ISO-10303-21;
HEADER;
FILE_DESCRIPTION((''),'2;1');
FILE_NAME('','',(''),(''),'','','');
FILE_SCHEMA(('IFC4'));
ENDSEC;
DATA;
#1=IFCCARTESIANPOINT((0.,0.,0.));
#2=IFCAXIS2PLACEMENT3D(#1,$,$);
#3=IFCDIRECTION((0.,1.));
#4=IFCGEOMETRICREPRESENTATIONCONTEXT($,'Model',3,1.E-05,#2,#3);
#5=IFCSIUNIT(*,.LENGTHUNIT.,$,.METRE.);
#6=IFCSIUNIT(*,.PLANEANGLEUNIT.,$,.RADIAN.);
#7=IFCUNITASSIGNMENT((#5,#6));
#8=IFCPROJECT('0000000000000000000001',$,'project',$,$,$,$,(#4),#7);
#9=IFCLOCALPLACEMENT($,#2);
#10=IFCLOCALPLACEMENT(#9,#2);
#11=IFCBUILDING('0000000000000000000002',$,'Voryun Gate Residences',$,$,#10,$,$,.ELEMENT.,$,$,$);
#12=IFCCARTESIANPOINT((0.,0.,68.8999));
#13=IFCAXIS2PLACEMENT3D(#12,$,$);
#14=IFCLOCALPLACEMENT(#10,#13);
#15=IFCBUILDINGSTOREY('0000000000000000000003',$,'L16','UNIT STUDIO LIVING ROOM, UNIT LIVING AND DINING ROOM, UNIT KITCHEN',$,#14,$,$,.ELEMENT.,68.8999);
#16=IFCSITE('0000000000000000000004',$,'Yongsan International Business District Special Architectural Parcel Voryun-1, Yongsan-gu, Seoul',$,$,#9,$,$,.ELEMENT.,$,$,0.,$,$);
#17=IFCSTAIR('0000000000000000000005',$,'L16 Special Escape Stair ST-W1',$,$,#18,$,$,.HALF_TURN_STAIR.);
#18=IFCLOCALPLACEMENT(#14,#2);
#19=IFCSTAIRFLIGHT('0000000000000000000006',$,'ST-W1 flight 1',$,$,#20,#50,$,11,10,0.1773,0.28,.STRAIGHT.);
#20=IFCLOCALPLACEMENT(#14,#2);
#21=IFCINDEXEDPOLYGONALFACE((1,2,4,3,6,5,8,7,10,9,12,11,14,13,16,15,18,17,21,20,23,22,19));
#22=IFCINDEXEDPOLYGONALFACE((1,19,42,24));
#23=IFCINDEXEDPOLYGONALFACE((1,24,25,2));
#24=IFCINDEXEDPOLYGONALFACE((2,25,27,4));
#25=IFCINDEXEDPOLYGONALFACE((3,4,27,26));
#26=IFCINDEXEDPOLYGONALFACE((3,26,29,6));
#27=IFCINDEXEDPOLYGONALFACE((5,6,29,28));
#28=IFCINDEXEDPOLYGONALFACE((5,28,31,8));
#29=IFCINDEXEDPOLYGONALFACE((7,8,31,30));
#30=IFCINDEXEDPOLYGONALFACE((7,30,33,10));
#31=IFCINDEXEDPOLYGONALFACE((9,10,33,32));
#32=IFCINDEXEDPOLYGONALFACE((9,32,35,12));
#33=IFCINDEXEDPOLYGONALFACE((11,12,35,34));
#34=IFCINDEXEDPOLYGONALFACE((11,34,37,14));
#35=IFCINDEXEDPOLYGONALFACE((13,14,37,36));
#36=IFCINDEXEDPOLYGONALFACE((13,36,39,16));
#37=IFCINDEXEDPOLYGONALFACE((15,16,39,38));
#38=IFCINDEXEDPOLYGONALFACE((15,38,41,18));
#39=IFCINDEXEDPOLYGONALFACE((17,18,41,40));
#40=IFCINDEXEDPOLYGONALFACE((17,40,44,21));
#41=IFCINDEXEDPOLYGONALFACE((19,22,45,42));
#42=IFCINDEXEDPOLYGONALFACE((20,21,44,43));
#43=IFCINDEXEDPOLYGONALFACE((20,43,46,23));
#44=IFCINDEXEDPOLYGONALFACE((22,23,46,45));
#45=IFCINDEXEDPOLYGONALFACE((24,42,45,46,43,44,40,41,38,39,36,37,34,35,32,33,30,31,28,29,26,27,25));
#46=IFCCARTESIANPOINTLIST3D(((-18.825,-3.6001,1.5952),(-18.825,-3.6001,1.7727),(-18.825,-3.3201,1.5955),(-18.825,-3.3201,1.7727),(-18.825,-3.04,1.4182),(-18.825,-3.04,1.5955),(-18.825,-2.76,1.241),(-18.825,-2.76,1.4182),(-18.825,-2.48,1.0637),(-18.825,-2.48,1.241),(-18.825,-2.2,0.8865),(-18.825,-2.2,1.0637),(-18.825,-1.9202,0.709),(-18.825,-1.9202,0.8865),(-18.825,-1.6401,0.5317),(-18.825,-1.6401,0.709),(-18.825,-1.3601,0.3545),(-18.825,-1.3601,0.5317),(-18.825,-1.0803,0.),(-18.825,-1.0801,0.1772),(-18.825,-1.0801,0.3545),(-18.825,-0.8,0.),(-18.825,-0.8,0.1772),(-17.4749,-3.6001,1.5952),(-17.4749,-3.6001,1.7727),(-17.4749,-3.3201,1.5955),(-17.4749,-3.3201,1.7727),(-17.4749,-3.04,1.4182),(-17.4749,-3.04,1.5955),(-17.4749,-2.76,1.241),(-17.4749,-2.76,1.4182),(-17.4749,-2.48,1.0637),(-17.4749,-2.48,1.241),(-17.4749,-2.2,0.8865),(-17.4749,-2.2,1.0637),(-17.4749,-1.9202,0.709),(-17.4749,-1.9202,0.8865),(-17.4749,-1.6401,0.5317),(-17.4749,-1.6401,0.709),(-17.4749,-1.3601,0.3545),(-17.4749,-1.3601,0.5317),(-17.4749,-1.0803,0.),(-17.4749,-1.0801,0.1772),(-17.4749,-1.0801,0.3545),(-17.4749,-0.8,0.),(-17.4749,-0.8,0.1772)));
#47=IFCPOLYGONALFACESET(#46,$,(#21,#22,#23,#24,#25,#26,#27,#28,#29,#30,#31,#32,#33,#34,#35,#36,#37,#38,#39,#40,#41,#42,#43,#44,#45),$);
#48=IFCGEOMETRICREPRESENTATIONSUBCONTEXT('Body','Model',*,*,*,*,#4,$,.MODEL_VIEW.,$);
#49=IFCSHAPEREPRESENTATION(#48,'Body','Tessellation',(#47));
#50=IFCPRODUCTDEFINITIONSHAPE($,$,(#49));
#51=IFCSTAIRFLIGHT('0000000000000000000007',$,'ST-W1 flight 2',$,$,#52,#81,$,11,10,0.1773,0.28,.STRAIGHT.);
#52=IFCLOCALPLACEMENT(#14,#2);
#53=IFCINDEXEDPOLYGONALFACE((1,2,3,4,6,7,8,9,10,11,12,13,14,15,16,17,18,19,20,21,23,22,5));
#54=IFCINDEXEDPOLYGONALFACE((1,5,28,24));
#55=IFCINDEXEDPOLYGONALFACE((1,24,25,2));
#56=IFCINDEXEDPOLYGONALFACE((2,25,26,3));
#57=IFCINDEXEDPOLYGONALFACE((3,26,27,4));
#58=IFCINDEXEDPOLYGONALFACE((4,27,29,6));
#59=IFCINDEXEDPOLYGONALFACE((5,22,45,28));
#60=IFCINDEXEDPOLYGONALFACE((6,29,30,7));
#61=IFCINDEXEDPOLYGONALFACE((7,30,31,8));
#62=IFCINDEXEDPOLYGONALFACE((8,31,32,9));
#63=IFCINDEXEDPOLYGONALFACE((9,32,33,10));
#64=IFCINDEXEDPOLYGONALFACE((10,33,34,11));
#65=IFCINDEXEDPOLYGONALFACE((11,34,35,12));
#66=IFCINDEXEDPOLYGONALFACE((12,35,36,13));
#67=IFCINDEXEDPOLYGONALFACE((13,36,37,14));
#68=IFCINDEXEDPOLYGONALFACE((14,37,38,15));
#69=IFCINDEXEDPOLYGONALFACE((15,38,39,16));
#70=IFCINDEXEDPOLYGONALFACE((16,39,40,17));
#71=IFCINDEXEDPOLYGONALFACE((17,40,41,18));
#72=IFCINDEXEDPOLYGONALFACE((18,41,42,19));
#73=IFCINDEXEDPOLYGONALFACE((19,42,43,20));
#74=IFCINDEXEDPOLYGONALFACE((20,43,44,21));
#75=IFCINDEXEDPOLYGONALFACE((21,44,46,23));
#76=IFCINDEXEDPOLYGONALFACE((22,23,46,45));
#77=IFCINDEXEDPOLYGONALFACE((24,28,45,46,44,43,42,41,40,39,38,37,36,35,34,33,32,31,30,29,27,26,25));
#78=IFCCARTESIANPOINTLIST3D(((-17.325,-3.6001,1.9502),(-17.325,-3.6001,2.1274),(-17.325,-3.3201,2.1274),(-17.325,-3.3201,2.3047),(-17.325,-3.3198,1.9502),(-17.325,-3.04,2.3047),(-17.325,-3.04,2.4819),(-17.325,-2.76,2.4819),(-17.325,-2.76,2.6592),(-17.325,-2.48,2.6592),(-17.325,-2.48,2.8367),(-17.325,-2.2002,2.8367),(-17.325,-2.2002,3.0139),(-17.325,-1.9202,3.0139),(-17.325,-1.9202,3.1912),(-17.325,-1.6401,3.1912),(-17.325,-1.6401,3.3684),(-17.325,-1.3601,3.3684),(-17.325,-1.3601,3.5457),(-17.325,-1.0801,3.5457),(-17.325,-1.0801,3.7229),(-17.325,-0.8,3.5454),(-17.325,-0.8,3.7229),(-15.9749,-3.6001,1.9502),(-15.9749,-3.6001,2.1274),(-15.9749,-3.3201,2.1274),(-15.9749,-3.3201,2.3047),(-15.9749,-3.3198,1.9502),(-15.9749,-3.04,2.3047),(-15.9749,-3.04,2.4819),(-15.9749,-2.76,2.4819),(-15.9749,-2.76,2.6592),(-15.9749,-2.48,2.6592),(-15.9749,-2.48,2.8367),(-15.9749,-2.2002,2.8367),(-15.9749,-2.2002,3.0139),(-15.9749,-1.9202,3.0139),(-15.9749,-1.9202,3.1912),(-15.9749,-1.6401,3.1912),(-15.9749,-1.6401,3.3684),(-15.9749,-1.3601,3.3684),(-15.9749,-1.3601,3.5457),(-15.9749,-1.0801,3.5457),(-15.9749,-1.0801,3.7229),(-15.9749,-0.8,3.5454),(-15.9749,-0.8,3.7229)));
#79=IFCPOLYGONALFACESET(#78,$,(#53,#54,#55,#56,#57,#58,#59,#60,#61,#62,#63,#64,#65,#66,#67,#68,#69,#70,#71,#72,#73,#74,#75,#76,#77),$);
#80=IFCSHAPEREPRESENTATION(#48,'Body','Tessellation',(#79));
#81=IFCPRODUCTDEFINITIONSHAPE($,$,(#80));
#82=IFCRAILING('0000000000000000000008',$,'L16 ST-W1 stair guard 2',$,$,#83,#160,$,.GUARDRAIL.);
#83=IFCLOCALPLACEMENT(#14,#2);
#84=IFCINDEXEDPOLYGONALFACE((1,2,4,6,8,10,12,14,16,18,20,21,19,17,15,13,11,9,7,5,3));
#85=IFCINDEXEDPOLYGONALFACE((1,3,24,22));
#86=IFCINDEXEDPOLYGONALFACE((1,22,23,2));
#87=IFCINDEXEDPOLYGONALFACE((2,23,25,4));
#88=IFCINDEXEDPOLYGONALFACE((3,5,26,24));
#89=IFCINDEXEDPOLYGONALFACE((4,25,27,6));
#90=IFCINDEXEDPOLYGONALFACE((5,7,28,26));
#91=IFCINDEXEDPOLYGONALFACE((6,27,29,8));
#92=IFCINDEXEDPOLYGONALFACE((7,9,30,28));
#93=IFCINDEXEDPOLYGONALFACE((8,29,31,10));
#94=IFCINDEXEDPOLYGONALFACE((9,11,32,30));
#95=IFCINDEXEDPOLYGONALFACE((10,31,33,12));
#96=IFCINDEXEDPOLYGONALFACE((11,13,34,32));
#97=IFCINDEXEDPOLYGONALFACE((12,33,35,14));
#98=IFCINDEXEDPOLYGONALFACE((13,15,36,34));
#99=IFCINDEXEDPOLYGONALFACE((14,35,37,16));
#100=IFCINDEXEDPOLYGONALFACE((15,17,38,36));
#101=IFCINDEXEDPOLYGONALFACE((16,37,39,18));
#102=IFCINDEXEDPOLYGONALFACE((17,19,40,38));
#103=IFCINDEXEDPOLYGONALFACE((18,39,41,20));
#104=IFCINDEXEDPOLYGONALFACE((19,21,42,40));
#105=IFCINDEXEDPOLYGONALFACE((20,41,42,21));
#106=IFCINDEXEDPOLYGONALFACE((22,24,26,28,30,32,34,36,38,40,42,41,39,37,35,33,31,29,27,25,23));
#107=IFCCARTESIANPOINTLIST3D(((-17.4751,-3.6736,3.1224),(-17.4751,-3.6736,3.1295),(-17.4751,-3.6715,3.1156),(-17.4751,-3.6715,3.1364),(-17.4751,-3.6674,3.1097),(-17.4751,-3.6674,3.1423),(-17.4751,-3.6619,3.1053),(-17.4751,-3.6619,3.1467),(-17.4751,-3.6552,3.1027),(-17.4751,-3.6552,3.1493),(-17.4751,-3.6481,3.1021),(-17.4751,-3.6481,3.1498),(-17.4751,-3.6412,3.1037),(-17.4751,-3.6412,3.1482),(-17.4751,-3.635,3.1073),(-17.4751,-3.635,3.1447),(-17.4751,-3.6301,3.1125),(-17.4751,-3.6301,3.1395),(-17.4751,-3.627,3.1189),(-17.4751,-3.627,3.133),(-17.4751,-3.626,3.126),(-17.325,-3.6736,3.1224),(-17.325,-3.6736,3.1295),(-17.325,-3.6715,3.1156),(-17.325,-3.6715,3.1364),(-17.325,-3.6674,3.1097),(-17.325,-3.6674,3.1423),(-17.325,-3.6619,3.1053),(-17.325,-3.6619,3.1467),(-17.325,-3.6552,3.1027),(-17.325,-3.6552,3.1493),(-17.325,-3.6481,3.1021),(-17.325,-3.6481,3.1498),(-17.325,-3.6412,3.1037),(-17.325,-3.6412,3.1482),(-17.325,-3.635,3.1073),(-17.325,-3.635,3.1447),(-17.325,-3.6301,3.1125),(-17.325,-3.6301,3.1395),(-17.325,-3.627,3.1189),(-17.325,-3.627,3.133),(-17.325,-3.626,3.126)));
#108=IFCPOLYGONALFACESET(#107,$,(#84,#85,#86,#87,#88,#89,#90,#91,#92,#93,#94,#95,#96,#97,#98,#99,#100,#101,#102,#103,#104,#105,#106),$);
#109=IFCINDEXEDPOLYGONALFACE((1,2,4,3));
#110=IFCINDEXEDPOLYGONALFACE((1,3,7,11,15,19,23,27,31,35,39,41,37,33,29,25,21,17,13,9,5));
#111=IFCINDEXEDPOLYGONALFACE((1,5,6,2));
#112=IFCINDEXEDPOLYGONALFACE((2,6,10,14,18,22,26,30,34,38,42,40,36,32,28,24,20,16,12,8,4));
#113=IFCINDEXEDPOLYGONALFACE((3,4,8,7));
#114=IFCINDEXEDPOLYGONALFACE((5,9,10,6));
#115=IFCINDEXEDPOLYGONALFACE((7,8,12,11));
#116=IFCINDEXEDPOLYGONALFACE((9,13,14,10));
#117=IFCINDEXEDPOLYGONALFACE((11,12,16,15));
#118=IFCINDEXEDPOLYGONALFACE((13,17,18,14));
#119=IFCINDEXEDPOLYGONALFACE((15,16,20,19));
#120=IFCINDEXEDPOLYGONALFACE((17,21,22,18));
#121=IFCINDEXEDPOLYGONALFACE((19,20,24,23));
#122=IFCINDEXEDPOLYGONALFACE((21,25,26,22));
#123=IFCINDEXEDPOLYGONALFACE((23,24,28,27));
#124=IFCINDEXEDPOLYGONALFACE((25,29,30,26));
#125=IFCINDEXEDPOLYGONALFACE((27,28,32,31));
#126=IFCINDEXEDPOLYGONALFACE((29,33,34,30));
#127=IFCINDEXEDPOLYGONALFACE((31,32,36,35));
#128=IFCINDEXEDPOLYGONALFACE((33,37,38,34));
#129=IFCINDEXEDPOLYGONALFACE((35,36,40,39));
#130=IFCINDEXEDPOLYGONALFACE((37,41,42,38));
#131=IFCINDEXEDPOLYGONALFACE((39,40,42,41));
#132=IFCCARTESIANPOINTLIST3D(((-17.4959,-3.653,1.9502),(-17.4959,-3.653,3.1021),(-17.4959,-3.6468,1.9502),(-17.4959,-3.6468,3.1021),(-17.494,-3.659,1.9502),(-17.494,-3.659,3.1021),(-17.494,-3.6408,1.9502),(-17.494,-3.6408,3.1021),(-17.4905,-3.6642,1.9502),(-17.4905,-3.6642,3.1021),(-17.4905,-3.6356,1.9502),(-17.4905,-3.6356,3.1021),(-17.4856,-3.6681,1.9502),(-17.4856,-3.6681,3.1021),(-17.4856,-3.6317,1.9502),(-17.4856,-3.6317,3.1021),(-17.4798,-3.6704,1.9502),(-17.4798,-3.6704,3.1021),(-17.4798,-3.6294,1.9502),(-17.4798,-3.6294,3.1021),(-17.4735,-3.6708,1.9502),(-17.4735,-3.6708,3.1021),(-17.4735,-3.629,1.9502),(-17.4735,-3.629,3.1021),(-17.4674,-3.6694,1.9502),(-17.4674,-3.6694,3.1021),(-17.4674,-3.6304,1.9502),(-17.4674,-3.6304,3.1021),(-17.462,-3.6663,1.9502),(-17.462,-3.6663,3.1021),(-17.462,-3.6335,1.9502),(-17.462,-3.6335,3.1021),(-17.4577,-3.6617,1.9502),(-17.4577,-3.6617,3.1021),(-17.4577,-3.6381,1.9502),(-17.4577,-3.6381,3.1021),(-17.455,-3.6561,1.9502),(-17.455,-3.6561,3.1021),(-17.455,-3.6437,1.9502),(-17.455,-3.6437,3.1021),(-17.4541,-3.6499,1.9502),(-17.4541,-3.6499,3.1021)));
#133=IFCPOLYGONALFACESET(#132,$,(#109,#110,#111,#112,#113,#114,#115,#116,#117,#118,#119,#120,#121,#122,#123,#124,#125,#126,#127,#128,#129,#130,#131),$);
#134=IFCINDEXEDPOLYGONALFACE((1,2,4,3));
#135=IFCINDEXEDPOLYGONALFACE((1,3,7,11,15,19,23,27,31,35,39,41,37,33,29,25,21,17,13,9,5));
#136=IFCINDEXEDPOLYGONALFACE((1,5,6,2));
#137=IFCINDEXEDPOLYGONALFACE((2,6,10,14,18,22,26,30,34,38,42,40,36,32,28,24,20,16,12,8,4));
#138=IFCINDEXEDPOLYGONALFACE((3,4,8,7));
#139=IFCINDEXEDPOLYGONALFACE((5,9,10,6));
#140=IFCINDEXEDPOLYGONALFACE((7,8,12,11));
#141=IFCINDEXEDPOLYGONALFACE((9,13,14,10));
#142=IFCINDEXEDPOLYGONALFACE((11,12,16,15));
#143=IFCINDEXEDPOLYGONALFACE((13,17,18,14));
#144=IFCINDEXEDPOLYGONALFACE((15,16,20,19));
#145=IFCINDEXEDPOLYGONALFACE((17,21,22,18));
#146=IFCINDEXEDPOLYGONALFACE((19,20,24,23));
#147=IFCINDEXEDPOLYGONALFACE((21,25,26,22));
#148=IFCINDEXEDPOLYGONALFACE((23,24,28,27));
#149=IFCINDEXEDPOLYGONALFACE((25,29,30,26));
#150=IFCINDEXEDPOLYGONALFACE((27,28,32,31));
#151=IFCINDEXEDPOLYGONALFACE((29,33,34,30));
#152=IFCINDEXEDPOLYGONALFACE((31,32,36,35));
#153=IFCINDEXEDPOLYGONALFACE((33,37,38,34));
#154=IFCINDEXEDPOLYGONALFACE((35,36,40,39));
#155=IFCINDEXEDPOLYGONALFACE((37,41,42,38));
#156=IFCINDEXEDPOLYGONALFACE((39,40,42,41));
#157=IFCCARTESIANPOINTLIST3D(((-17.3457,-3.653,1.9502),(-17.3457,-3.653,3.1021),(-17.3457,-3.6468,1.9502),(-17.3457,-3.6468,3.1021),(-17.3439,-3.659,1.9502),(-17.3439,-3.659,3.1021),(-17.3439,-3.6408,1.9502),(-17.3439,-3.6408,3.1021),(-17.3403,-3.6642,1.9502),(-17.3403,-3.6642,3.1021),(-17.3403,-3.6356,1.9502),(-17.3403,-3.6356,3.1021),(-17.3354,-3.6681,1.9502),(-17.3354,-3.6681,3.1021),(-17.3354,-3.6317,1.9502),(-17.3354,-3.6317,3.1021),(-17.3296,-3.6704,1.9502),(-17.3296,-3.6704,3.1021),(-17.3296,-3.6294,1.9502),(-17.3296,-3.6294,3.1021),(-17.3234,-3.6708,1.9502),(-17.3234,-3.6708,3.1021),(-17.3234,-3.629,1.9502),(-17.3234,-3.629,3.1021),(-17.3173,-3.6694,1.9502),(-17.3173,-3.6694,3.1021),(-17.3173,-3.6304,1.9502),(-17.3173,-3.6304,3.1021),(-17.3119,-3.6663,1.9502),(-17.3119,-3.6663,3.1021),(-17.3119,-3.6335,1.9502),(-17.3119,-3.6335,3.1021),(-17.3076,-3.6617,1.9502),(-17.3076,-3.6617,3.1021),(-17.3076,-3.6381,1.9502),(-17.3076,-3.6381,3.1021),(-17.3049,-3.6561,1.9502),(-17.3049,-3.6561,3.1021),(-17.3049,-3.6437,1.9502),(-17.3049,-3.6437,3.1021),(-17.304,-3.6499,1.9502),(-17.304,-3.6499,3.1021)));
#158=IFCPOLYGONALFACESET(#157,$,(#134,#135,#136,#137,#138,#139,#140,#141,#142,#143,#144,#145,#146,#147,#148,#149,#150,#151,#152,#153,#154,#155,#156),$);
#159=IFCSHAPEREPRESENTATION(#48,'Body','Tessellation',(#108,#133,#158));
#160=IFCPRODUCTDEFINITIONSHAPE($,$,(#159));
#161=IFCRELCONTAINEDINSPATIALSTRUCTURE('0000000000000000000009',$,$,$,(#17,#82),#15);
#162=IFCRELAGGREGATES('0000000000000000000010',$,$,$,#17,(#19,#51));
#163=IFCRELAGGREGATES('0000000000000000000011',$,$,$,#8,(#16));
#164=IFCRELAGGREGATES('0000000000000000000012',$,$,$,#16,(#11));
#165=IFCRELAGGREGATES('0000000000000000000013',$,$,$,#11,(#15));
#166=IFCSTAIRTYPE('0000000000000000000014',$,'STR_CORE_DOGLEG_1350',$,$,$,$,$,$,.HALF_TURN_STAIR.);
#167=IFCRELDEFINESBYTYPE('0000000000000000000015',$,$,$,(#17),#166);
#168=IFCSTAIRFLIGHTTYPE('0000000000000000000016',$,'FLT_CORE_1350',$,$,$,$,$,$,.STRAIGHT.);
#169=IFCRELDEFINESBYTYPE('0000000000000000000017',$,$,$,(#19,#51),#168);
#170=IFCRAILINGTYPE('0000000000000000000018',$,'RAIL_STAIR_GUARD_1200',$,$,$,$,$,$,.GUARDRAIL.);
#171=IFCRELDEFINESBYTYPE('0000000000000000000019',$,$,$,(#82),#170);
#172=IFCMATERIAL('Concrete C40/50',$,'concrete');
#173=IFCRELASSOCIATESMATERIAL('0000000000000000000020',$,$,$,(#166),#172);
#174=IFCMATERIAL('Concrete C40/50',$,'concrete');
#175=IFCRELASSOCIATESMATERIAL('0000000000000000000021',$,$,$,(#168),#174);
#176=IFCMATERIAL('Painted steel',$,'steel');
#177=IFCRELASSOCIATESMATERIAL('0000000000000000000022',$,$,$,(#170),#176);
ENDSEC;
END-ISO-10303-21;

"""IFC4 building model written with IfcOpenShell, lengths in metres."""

from ifc_helpers import new_model, si_unit, direction, frame, origin, origin_2d, place, context, subcontext, project, spatial, polyline, circle, outline, extrude, material, type_object, element, aggregate, save


model = new_model("IFC4")

# Units and contexts
model_context = context("Model", 3, precision=1e-05, world=origin(), true_north=direction((0.0, 1.0)))
body_context = subcontext(model_context, "Body", "Model", "MODEL_VIEW")
ifc_project = project(units=[si_unit("LENGTHUNIT", "METRE"), si_unit("PLANEANGLEUNIT", "RADIAN")], contexts=[model_context])

# Site, building, storey
site_placement = place(None, origin())
site = spatial("IfcSite", under=ifc_project, at=site_placement, Name="Yongsan International Business District Special Architectural Parcel Voryun-1, Yongsan-gu, Seoul", CompositionType="ELEMENT", RefElevation=0.0)
building_placement = place(site_placement, origin())
building = spatial("IfcBuilding", under=site, at=building_placement, Name="Voryun Gate Residences", CompositionType="ELEMENT")
storey_placement = place(building_placement, frame((0.0, 0.0, 68.8999)))
storey = spatial("IfcBuildingStorey", under=building, at=storey_placement, Name="L16", Description="UNIT STUDIO LIVING ROOM, UNIT LIVING AND DINING ROOM, UNIT KITCHEN", CompositionType="ELEMENT", Elevation=68.8999)

# Stair, stair flights
ifc_material_1 = material(Name="Concrete C40/50", Category="concrete")
stair_type = type_object("IfcStairType", Name="STR_CORE_DOGLEG_1350", PredefinedType="HALF_TURN_STAIR", material=ifc_material_1)
stair_placement = place(storey_placement, origin())
stair = element("IfcStair", 1, at=stair_placement, inside=storey, type_object=stair_type, Name="L16 Special Escape Stair ST-W1", PredefinedType="HALF_TURN_STAIR")
ifc_material_2 = material(Name="Concrete C40/50", Category="concrete")
stair_flight_type = type_object("IfcStairFlightType", Name="FLT_CORE_1350", PredefinedType="STRAIGHT", material=ifc_material_2)
stair_flight_1_placement = place(storey_placement, frame((-18.1499, -0.8, 0.0), z_axis=(0.0, 0.0, 1.0), x_axis=(0.0, -1.0, 0.0)))
stair_flight_1 = element("IfcStairFlight", 2, at=stair_flight_1_placement, type_object=stair_flight_type, Name="ST-W1 flight 1", NumberOfRisers=11, NumberOfTreads=10, PredefinedType="STRAIGHT", RiserHeight=0.1773, TreadLength=0.28, context=body_context, shape_type="SweptSolid", body=[
    extrude(outline(polyline([(0.0, 0.0), (0.0, 0.1772), (0.28, 0.1772), (0.28, 0.3545), (0.5601, 0.3545), (0.5601, 0.5317), (0.8401, 0.5317), (0.8401, 0.709), (1.1201, 0.709), (1.1201, 0.8865), (1.3999, 0.8865), (1.3999, 1.0637), (1.6799, 1.0637), (1.6799, 1.241), (1.96, 1.241), (1.96, 1.4182), (2.24, 1.4182), (2.24, 1.5955), (2.52, 1.5955), (2.52, 1.7727), (2.8, 1.7727), (2.8, 1.95), (2.8, 1.5952), (0.2803, 0.0), (0.0, 0.0)])), frame((0.0, 0.675, 0.0), z_axis=(0.0, -1.0, 0.0), x_axis=(1.0, 0.0, 0.0)), (0.0, 0.0, 1.0), 1.3501),
])
stair_flight_2_placement = place(storey_placement, frame((-16.6499, -3.6001, 1.9502), z_axis=(0.0, 0.0, 1.0), x_axis=(0.0, 1.0, 0.0)))
stair_flight_2 = element("IfcStairFlight", 3, at=stair_flight_2_placement, type_object=stair_flight_type, Name="ST-W1 flight 2", NumberOfRisers=11, NumberOfTreads=10, PredefinedType="STRAIGHT", RiserHeight=0.1773, TreadLength=0.28, context=body_context, shape_type="SweptSolid", body=[
    extrude(outline(polyline([(0.0, 0.0), (0.0, 0.1772), (0.28, 0.1772), (0.28, 0.3545), (0.5601, 0.3545), (0.5601, 0.5317), (0.8401, 0.5317), (0.8401, 0.709), (1.1201, 0.709), (1.1201, 0.8865), (1.3999, 0.8865), (1.3999, 1.0637), (1.6799, 1.0637), (1.6799, 1.241), (1.96, 1.241), (1.96, 1.4182), (2.24, 1.4182), (2.24, 1.5955), (2.52, 1.5955), (2.52, 1.7727), (2.8, 1.7727), (2.8, 1.95), (2.8, 1.5952), (0.2803, 0.0), (0.0, 0.0)])), frame((0.0, 0.675, 0.0), z_axis=(0.0, -1.0, 0.0), x_axis=(1.0, 0.0, 0.0)), (0.0, 0.0, 1.0), 1.3501),
])
aggregate(stair, [stair_flight_1, stair_flight_2])

# Railing
ifc_material_3 = material(Name="Painted steel", Category="steel")
railing_type_1 = type_object("IfcRailingType", Name="RAIL_STAIR_GUARD_1200", PredefinedType="GUARDRAIL", material=ifc_material_3)
railing_1_placement = place(storey_placement, frame((-17.4751, -3.6499, 1.9502)))
element("IfcRailing", 4, at=railing_1_placement, inside=storey, type_object=railing_type_1, Name="L16 ST-W1 stair guard 2", PredefinedType="GUARDRAIL", context=body_context, shape_type="SweptSolid", body=[
    extrude(circle(Radius=0.0239, at=origin_2d()), frame((0.0, 0.0, 1.1758), z_axis=(1.0, 0.0, 0.0), x_axis=(0.0, 1.0, 0.0)), (0.0, 0.0, 1.0), 0.1501),
    extrude(circle(Radius=0.021, at=origin_2d()), origin(), (0.0, 0.0, 1.0), 1.1519),
    extrude(circle(Radius=0.021, at=origin_2d()), frame((0.1501, 0.0, 0.0)), (0.0, 0.0, 1.0), 1.1519),
])

save(model, "model.ifc")
